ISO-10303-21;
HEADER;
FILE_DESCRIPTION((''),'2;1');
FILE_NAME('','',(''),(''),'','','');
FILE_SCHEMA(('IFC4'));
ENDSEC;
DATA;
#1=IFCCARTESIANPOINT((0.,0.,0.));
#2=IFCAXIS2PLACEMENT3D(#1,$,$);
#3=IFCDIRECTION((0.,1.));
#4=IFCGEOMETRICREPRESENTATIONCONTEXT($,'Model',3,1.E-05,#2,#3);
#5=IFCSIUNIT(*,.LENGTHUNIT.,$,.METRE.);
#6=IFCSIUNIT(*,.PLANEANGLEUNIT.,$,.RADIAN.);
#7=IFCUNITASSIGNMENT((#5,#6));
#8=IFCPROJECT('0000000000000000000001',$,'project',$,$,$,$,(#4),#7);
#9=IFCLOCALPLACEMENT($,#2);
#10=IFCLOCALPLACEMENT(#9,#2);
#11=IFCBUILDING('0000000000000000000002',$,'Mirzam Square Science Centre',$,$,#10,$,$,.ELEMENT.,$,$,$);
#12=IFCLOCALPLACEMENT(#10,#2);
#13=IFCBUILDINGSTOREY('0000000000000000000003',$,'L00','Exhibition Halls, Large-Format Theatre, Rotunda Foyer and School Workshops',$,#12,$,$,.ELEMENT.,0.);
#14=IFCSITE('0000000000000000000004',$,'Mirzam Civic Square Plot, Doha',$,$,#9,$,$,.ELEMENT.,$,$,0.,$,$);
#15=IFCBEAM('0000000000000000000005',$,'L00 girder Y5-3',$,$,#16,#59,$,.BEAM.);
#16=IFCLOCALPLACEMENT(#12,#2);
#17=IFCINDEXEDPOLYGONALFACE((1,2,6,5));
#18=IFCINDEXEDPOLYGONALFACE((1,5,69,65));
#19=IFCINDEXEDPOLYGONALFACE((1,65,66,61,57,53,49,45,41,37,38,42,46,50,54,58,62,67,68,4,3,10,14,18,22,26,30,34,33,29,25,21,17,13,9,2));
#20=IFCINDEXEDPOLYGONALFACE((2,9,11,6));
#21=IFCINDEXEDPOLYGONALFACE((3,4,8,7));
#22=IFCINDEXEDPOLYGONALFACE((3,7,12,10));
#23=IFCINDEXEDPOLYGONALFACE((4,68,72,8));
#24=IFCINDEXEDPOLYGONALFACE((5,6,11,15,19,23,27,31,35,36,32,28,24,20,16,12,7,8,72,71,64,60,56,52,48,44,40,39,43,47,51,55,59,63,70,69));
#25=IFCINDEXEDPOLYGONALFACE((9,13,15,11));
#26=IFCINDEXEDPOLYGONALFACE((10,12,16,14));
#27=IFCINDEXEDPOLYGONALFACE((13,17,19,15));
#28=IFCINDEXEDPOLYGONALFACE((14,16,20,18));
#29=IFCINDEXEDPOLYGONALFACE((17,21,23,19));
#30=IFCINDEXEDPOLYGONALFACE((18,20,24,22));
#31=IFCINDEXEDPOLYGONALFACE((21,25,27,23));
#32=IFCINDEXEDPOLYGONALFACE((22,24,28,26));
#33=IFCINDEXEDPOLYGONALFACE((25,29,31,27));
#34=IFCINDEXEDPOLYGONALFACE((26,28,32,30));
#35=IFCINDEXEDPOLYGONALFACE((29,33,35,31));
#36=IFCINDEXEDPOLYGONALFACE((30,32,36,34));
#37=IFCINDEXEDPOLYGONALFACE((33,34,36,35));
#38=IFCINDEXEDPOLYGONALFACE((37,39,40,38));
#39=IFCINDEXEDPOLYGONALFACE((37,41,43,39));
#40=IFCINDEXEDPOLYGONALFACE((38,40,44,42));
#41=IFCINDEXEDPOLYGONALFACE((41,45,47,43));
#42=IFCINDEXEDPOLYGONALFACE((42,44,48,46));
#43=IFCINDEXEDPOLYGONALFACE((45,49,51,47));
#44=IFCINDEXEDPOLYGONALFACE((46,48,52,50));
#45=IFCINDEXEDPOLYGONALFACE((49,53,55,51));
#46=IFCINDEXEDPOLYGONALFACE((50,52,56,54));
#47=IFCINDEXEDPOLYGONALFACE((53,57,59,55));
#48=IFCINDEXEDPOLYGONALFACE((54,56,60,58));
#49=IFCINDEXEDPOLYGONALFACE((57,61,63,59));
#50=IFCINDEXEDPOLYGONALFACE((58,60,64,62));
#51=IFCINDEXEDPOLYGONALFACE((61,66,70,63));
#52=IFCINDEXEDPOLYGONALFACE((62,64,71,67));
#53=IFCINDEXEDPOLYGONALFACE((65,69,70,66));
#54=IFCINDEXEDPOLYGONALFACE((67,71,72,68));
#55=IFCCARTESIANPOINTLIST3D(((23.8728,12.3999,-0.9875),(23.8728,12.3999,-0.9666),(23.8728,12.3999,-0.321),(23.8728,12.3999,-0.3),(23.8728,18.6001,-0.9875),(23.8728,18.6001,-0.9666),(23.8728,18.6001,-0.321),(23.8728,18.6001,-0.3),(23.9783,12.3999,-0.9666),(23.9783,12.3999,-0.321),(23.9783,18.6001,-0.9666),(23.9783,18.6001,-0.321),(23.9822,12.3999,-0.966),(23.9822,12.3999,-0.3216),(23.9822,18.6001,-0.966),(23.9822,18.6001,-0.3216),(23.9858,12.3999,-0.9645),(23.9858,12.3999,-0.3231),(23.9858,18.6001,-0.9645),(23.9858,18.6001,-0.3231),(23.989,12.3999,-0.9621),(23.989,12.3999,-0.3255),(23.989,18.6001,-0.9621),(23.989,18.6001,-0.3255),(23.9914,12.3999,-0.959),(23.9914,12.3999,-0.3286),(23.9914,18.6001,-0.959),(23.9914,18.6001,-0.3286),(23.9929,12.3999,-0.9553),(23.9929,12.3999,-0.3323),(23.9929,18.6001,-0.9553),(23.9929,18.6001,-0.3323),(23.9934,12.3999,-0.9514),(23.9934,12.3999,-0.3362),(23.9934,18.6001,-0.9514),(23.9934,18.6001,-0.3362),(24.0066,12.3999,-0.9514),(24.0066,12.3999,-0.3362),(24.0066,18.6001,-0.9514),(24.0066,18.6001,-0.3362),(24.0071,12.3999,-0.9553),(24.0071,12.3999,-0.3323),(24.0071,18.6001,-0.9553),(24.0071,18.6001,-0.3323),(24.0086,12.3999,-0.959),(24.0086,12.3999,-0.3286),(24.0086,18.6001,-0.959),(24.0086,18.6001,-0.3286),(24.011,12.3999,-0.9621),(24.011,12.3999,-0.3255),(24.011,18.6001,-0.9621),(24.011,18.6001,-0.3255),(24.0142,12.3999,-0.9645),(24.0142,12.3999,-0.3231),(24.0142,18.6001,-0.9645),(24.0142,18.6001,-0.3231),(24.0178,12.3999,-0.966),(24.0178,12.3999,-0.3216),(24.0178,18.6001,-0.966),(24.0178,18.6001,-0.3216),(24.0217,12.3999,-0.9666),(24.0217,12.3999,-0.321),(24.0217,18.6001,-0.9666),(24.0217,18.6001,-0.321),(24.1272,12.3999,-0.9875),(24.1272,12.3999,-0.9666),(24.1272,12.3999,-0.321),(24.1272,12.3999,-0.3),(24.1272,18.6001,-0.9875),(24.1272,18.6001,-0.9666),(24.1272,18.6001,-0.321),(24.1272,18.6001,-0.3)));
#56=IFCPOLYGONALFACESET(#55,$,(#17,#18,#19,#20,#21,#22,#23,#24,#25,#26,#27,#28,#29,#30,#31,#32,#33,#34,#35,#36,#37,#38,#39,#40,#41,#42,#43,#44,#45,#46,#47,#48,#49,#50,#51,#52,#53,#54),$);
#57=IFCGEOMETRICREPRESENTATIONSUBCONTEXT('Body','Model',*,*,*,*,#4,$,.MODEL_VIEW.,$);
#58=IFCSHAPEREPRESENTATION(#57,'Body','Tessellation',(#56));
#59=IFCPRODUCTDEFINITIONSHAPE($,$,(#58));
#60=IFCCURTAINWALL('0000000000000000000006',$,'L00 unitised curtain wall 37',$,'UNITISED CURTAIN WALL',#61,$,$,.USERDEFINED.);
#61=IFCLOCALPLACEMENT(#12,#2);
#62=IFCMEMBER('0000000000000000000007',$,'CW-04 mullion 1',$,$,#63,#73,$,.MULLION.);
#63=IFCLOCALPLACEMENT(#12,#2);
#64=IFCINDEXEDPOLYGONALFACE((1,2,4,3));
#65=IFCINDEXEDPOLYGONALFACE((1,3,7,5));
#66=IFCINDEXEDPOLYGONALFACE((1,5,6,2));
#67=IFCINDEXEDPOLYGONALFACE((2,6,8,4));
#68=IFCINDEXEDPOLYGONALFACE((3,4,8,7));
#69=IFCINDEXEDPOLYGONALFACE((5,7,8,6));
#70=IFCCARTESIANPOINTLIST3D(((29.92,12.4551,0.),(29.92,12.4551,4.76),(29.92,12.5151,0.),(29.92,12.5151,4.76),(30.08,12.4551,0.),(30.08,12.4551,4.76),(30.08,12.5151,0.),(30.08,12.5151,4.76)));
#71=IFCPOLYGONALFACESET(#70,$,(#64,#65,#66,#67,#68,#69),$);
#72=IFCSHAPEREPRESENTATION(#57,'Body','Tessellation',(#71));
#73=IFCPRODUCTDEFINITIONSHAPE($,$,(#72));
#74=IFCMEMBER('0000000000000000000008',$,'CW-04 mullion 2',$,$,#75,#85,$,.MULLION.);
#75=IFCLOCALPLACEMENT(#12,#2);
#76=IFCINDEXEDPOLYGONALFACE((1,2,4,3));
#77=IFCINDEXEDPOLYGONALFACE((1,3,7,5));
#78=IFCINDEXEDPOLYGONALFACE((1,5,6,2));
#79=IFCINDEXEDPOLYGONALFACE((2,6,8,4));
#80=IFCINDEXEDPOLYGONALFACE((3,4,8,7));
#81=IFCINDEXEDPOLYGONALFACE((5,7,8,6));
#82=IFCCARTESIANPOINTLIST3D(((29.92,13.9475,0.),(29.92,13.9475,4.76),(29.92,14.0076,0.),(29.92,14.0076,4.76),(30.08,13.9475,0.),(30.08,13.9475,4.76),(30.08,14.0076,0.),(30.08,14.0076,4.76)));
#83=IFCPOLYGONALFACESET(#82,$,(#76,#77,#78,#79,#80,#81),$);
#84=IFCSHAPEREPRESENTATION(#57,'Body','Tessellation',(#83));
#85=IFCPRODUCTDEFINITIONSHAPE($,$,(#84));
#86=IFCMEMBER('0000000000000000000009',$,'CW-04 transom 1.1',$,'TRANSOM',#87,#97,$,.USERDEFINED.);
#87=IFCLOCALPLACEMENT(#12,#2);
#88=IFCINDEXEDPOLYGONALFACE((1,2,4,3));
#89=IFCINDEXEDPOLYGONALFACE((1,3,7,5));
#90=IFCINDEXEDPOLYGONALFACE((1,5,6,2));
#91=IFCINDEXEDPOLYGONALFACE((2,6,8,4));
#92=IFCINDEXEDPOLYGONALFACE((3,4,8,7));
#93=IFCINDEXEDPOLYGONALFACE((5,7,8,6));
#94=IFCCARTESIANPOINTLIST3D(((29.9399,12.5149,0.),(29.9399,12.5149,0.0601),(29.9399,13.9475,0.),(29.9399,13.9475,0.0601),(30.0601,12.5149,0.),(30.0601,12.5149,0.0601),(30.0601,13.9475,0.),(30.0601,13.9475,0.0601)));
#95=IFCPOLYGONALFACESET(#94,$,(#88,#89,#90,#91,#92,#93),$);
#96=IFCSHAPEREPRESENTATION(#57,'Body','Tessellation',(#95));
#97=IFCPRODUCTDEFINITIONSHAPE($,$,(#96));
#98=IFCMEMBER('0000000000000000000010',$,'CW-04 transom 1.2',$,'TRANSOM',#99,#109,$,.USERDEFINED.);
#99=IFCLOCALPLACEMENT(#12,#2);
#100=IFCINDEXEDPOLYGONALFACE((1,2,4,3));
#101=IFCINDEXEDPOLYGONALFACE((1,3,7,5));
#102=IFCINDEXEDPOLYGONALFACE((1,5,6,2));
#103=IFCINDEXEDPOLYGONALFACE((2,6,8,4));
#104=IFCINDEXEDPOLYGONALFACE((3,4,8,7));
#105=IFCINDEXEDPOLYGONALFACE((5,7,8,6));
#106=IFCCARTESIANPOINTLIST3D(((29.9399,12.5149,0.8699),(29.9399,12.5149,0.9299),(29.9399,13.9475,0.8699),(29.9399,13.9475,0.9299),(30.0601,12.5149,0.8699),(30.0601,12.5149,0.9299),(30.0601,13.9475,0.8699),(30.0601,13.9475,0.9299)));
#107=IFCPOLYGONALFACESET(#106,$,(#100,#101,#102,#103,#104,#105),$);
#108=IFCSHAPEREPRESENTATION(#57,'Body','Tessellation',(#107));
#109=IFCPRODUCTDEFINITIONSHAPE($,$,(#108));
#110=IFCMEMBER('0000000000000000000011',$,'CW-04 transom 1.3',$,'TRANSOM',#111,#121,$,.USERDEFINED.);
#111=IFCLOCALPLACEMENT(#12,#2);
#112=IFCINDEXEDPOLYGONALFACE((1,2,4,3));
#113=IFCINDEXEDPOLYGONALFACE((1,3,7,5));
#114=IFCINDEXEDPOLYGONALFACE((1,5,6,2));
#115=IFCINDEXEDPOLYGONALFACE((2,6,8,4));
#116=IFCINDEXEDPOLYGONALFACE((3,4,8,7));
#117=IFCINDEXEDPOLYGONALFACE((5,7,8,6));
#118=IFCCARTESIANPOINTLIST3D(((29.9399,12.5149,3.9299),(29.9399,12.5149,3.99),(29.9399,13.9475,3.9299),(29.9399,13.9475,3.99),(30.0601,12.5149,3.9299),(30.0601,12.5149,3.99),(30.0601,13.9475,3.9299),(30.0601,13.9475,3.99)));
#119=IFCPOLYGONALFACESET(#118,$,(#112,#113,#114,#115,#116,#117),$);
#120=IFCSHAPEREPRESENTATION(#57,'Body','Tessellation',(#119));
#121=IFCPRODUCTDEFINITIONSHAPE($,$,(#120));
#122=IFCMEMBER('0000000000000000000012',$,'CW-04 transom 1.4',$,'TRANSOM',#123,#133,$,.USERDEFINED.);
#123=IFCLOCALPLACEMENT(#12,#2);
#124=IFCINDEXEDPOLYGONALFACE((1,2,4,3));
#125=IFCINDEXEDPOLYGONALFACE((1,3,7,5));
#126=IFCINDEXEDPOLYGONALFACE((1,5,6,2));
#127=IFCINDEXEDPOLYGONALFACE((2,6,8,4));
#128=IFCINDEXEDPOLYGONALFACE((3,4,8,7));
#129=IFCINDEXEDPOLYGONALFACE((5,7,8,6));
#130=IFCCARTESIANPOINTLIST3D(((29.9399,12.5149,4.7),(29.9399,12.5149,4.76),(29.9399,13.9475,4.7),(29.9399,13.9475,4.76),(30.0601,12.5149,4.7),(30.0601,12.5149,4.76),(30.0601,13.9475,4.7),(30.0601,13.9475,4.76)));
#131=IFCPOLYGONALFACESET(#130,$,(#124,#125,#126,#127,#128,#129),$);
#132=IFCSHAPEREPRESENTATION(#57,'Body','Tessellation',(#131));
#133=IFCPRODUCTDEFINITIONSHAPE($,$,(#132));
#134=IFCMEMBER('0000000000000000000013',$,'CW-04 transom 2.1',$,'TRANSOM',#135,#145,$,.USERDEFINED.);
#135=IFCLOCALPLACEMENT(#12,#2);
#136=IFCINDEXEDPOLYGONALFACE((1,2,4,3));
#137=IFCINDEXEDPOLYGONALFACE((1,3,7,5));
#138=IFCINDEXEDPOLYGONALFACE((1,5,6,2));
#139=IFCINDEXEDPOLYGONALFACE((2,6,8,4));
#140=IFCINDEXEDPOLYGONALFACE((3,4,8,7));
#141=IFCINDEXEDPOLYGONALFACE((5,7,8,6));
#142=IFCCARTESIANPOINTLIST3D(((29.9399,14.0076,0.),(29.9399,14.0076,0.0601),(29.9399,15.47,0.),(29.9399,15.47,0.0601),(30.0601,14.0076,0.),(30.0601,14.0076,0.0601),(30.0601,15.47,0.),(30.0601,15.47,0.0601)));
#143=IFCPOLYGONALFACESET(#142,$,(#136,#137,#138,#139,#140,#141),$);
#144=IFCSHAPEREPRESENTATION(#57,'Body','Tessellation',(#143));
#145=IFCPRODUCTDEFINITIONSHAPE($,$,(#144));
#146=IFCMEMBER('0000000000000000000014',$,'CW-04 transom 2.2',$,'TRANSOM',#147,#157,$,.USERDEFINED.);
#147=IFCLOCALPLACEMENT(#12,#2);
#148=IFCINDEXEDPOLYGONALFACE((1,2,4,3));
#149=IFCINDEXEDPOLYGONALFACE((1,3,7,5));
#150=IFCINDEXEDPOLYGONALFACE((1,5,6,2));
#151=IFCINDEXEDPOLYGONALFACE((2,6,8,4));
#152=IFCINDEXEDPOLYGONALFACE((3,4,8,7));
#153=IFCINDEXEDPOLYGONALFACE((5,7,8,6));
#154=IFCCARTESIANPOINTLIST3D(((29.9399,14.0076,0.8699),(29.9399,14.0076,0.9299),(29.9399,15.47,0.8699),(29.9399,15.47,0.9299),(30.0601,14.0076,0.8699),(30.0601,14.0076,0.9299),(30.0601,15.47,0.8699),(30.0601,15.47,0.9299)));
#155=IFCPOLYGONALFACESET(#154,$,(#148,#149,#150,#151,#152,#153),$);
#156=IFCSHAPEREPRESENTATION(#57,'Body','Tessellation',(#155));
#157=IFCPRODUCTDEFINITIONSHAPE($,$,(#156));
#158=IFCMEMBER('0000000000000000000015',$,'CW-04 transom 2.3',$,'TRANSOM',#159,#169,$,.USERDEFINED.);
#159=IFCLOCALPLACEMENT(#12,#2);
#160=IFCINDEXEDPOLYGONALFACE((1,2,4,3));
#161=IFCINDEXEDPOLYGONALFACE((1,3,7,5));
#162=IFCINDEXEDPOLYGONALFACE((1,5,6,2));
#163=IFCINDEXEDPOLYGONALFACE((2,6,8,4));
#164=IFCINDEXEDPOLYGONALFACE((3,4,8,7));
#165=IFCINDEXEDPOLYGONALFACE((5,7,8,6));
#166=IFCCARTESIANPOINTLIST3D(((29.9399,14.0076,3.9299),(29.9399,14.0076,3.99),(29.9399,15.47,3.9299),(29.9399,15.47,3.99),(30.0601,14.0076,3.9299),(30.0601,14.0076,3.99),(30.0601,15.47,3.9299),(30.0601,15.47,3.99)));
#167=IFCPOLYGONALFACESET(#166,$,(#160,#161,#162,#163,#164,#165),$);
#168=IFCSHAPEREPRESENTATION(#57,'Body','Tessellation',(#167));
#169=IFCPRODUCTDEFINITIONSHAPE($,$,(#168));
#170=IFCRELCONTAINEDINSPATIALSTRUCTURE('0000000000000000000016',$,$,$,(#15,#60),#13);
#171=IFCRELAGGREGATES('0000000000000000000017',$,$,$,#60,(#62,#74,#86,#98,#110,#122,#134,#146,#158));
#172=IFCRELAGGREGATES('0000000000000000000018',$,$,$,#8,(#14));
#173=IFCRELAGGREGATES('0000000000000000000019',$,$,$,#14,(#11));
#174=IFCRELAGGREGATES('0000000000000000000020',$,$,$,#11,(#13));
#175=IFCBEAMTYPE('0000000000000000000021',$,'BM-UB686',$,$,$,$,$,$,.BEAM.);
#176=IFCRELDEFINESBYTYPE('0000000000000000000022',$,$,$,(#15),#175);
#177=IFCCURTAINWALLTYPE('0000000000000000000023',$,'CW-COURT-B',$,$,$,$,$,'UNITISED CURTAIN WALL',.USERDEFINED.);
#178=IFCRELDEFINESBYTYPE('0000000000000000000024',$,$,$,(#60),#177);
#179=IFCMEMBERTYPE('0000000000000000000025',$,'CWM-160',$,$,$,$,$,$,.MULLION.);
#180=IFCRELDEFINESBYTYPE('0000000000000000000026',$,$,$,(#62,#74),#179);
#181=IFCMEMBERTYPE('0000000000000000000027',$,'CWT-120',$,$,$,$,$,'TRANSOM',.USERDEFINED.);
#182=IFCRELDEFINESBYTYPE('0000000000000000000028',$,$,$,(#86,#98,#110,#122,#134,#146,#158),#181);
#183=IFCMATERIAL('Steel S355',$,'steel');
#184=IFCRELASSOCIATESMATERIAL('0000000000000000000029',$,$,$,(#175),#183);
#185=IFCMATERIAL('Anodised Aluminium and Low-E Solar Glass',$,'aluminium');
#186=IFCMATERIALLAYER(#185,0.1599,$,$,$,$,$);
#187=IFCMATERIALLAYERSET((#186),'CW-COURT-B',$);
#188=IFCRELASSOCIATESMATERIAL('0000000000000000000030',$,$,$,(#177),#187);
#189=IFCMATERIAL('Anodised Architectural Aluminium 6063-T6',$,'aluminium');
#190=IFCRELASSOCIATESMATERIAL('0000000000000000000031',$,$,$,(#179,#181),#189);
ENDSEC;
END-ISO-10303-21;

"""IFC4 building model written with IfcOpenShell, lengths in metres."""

from ifc_helpers import new_model, si_unit, direction, frame, origin, origin_2d, place, context, subcontext, project, spatial, rectangle, i_section, extrude, material, layer, layer_set, material_profile, profile_set, type_object, element, aggregate, save


model = new_model("IFC4")

# Units and contexts
model_context = context("Model", 3, precision=1e-05, world=origin(), true_north=direction((0.0, 1.0)))
body_context = subcontext(model_context, "Body", "Model", "MODEL_VIEW")
ifc_project = project(units=[si_unit("LENGTHUNIT", "METRE"), si_unit("PLANEANGLEUNIT", "RADIAN")], contexts=[model_context])

# Site, building, storey
site_placement = place(None, origin())
site = spatial("IfcSite", under=ifc_project, at=site_placement, Name="Mirzam Civic Square Plot, Doha", CompositionType="ELEMENT", RefElevation=0.0)
building_placement = place(site_placement, origin())
building = spatial("IfcBuilding", under=site, at=building_placement, Name="Mirzam Square Science Centre", CompositionType="ELEMENT")
storey_placement = place(building_placement, origin())
storey = spatial("IfcBuildingStorey", under=building, at=storey_placement, Name="L00", Description="Exhibition Halls, Large-Format Theatre, Rotunda Foyer and School Workshops", CompositionType="ELEMENT", Elevation=0.0)

# Shared definitions
ifc_material_1 = material(Name="Steel S355", Category="steel")

# Beam
ifc_material_profile_1 = material_profile(ifc_material_1, i_section(OverallWidth=0.2544, OverallDepth=0.6875, WebThickness=0.0132, FlangeThickness=0.021, FilletRadius=0.0151, at=origin_2d()), Name="686x254x152UB")
ifc_profile_set_1 = profile_set([ifc_material_profile_1], Name="Steel S355")
beam_type_1 = type_object("IfcBeamType", Name="BM-UB686", PredefinedType="BEAM", material=ifc_profile_set_1)
beam_1_placement = place(storey_placement, frame((24.0, 12.3999, -0.6438), z_axis=(0.0, 1.0, 0.0), x_axis=(-1.0, 0.0, 0.0)))
element("IfcBeam", 1, at=beam_1_placement, inside=storey, type_object=beam_type_1, Name="L00 girder Y5-3", PredefinedType="BEAM", context=body_context, shape_type="SweptSolid", body=[
    extrude(i_section(OverallWidth=0.2544, OverallDepth=0.6875, WebThickness=0.0132, FlangeThickness=0.021, FilletRadius=0.0151, at=origin_2d()), origin(), (0.0, 0.0, 1.0), 6.2002),
])

# Curtain wall, members
ifc_material_2 = material(Name="Anodised Aluminium and Low-E Solar Glass", Category="aluminium")
ifc_layer_1 = layer(ifc_material_2, 0.1599)
ifc_layer_set_1 = layer_set([ifc_layer_1], Name="CW-COURT-B")
curtain_wall_type = type_object("IfcCurtainWallType", Name="CW-COURT-B", ElementType="UNITISED CURTAIN WALL", PredefinedType="USERDEFINED", material=ifc_layer_set_1)
curtain_wall_placement = place(storey_placement, origin())
curtain_wall = element("IfcCurtainWall", 2, at=curtain_wall_placement, inside=storey, type_object=curtain_wall_type, Name="L00 unitised curtain wall 37", ObjectType="UNITISED CURTAIN WALL", PredefinedType="USERDEFINED")
ifc_material_3 = material(Name="Anodised Architectural Aluminium 6063-T6", Category="aluminium")
ifc_material_profile_2 = material_profile(ifc_material_3, rectangle(XDim=0.0601, YDim=0.1599, at=origin_2d()), Name="ALU-MULL-160x60x4")
ifc_profile_set_2 = profile_set([ifc_material_profile_2], Name="Anodised Architectural Aluminium 6063-T6")
member_type_1 = type_object("IfcMemberType", Name="CWM-160", PredefinedType="MULLION", material=ifc_profile_set_2)
member_1_placement = place(storey_placement, frame((30.0, 12.4851, 0.0), z_axis=(0.0, 0.0, 1.0), x_axis=(0.0, 1.0, 0.0)))
member_1 = element("IfcMember", 3, at=member_1_placement, type_object=member_type_1, Name="CW-04 mullion 1", PredefinedType="MULLION", context=body_context, shape_type="SweptSolid", body=[
    extrude(rectangle(XDim=0.0601, YDim=0.1599, at=origin_2d()), origin(), (0.0, 0.0, 1.0), 4.76),
])
member_2_placement = place(storey_placement, frame((30.0, 13.9775, 0.0), z_axis=(0.0, 0.0, 1.0), x_axis=(0.0, 1.0, 0.0)))
member_2 = element("IfcMember", 4, at=member_2_placement, type_object=member_type_1, Name="CW-04 mullion 2", PredefinedType="MULLION", context=body_context, shape_type="SweptSolid", body=[
    extrude(rectangle(XDim=0.0601, YDim=0.1599, at=origin_2d()), origin(), (0.0, 0.0, 1.0), 4.76),
])
ifc_material_profile_3 = material_profile(ifc_material_3, rectangle(XDim=0.1201, YDim=0.0601, at=origin_2d()), Name="ALU-TRAN-120x60x4")
ifc_profile_set_3 = profile_set([ifc_material_profile_3], Name="Anodised Architectural Aluminium 6063-T6")
member_type_2 = type_object("IfcMemberType", Name="CWT-120", ElementType="TRANSOM", PredefinedType="USERDEFINED", material=ifc_profile_set_3)
member_3_placement = place(storey_placement, frame((30.0, 12.5149, 0.03), z_axis=(0.0, 1.0, 0.0), x_axis=(-1.0, 0.0, 0.0)))
member_3 = element("IfcMember", 5, at=member_3_placement, type_object=member_type_2, Name="CW-04 transom 1.1", ObjectType="TRANSOM", PredefinedType="USERDEFINED", context=body_context, shape_type="SweptSolid", body=[
    extrude(rectangle(XDim=0.1201, YDim=0.0601, at=origin_2d()), origin(), (0.0, 0.0, 1.0), 1.4326),
])
member_4_placement = place(storey_placement, frame((30.0, 12.5149, 0.8999), z_axis=(0.0, 1.0, 0.0), x_axis=(-1.0, 0.0, 0.0)))
member_4 = element("IfcMember", 6, at=member_4_placement, type_object=member_type_2, Name="CW-04 transom 1.2", ObjectType="TRANSOM", PredefinedType="USERDEFINED", context=body_context, shape_type="SweptSolid", body=[
    extrude(rectangle(XDim=0.1201, YDim=0.0601, at=origin_2d()), origin(), (0.0, 0.0, 1.0), 1.4326),
])
member_5_placement = place(storey_placement, frame((30.0, 12.5149, 3.96), z_axis=(0.0, 1.0, 0.0), x_axis=(-1.0, 0.0, 0.0)))
member_5 = element("IfcMember", 7, at=member_5_placement, type_object=member_type_2, Name="CW-04 transom 1.3", ObjectType="TRANSOM", PredefinedType="USERDEFINED", context=body_context, shape_type="SweptSolid", body=[
    extrude(rectangle(XDim=0.1201, YDim=0.0601, at=origin_2d()), origin(), (0.0, 0.0, 1.0), 1.4326),
])
member_6_placement = place(storey_placement, frame((30.0, 12.5149, 4.73), z_axis=(0.0, 1.0, 0.0), x_axis=(-1.0, 0.0, 0.0)))
member_6 = element("IfcMember", 8, at=member_6_placement, type_object=member_type_2, Name="CW-04 transom 1.4", ObjectType="TRANSOM", PredefinedType="USERDEFINED", context=body_context, shape_type="SweptSolid", body=[
    extrude(rectangle(XDim=0.1201, YDim=0.0601, at=origin_2d()), origin(), (0.0, 0.0, 1.0), 1.4326),
])
member_7_placement = place(storey_placement, frame((30.0, 14.0076, 0.03), z_axis=(0.0, 1.0, 0.0), x_axis=(-1.0, 0.0, 0.0)))
member_7 = element("IfcMember", 9, at=member_7_placement, type_object=member_type_2, Name="CW-04 transom 2.1", ObjectType="TRANSOM", PredefinedType="USERDEFINED", context=body_context, shape_type="SweptSolid", body=[
    extrude(rectangle(XDim=0.1201, YDim=0.0601, at=origin_2d()), origin(), (0.0, 0.0, 1.0), 1.4624),
])
member_8_placement = place(storey_placement, frame((30.0, 14.0076, 0.8999), z_axis=(0.0, 1.0, 0.0), x_axis=(-1.0, 0.0, 0.0)))
member_8 = element("IfcMember", 10, at=member_8_placement, type_object=member_type_2, Name="CW-04 transom 2.2", ObjectType="TRANSOM", PredefinedType="USERDEFINED", context=body_context, shape_type="SweptSolid", body=[
    extrude(rectangle(XDim=0.1201, YDim=0.0601, at=origin_2d()), origin(), (0.0, 0.0, 1.0), 1.4624),
])
member_9_placement = place(storey_placement, frame((30.0, 14.0076, 3.96), z_axis=(0.0, 1.0, 0.0), x_axis=(-1.0, 0.0, 0.0)))
member_9 = element("IfcMember", 11, at=member_9_placement, type_object=member_type_2, Name="CW-04 transom 2.3", ObjectType="TRANSOM", PredefinedType="USERDEFINED", context=body_context, shape_type="SweptSolid", body=[
    extrude(rectangle(XDim=0.1201, YDim=0.0601, at=origin_2d()), origin(), (0.0, 0.0, 1.0), 1.4624),
])

aggregate(curtain_wall, [member_1, member_2, member_3, member_4, member_5, member_6, member_7, member_8, member_9])

save(model, "model.ifc")
